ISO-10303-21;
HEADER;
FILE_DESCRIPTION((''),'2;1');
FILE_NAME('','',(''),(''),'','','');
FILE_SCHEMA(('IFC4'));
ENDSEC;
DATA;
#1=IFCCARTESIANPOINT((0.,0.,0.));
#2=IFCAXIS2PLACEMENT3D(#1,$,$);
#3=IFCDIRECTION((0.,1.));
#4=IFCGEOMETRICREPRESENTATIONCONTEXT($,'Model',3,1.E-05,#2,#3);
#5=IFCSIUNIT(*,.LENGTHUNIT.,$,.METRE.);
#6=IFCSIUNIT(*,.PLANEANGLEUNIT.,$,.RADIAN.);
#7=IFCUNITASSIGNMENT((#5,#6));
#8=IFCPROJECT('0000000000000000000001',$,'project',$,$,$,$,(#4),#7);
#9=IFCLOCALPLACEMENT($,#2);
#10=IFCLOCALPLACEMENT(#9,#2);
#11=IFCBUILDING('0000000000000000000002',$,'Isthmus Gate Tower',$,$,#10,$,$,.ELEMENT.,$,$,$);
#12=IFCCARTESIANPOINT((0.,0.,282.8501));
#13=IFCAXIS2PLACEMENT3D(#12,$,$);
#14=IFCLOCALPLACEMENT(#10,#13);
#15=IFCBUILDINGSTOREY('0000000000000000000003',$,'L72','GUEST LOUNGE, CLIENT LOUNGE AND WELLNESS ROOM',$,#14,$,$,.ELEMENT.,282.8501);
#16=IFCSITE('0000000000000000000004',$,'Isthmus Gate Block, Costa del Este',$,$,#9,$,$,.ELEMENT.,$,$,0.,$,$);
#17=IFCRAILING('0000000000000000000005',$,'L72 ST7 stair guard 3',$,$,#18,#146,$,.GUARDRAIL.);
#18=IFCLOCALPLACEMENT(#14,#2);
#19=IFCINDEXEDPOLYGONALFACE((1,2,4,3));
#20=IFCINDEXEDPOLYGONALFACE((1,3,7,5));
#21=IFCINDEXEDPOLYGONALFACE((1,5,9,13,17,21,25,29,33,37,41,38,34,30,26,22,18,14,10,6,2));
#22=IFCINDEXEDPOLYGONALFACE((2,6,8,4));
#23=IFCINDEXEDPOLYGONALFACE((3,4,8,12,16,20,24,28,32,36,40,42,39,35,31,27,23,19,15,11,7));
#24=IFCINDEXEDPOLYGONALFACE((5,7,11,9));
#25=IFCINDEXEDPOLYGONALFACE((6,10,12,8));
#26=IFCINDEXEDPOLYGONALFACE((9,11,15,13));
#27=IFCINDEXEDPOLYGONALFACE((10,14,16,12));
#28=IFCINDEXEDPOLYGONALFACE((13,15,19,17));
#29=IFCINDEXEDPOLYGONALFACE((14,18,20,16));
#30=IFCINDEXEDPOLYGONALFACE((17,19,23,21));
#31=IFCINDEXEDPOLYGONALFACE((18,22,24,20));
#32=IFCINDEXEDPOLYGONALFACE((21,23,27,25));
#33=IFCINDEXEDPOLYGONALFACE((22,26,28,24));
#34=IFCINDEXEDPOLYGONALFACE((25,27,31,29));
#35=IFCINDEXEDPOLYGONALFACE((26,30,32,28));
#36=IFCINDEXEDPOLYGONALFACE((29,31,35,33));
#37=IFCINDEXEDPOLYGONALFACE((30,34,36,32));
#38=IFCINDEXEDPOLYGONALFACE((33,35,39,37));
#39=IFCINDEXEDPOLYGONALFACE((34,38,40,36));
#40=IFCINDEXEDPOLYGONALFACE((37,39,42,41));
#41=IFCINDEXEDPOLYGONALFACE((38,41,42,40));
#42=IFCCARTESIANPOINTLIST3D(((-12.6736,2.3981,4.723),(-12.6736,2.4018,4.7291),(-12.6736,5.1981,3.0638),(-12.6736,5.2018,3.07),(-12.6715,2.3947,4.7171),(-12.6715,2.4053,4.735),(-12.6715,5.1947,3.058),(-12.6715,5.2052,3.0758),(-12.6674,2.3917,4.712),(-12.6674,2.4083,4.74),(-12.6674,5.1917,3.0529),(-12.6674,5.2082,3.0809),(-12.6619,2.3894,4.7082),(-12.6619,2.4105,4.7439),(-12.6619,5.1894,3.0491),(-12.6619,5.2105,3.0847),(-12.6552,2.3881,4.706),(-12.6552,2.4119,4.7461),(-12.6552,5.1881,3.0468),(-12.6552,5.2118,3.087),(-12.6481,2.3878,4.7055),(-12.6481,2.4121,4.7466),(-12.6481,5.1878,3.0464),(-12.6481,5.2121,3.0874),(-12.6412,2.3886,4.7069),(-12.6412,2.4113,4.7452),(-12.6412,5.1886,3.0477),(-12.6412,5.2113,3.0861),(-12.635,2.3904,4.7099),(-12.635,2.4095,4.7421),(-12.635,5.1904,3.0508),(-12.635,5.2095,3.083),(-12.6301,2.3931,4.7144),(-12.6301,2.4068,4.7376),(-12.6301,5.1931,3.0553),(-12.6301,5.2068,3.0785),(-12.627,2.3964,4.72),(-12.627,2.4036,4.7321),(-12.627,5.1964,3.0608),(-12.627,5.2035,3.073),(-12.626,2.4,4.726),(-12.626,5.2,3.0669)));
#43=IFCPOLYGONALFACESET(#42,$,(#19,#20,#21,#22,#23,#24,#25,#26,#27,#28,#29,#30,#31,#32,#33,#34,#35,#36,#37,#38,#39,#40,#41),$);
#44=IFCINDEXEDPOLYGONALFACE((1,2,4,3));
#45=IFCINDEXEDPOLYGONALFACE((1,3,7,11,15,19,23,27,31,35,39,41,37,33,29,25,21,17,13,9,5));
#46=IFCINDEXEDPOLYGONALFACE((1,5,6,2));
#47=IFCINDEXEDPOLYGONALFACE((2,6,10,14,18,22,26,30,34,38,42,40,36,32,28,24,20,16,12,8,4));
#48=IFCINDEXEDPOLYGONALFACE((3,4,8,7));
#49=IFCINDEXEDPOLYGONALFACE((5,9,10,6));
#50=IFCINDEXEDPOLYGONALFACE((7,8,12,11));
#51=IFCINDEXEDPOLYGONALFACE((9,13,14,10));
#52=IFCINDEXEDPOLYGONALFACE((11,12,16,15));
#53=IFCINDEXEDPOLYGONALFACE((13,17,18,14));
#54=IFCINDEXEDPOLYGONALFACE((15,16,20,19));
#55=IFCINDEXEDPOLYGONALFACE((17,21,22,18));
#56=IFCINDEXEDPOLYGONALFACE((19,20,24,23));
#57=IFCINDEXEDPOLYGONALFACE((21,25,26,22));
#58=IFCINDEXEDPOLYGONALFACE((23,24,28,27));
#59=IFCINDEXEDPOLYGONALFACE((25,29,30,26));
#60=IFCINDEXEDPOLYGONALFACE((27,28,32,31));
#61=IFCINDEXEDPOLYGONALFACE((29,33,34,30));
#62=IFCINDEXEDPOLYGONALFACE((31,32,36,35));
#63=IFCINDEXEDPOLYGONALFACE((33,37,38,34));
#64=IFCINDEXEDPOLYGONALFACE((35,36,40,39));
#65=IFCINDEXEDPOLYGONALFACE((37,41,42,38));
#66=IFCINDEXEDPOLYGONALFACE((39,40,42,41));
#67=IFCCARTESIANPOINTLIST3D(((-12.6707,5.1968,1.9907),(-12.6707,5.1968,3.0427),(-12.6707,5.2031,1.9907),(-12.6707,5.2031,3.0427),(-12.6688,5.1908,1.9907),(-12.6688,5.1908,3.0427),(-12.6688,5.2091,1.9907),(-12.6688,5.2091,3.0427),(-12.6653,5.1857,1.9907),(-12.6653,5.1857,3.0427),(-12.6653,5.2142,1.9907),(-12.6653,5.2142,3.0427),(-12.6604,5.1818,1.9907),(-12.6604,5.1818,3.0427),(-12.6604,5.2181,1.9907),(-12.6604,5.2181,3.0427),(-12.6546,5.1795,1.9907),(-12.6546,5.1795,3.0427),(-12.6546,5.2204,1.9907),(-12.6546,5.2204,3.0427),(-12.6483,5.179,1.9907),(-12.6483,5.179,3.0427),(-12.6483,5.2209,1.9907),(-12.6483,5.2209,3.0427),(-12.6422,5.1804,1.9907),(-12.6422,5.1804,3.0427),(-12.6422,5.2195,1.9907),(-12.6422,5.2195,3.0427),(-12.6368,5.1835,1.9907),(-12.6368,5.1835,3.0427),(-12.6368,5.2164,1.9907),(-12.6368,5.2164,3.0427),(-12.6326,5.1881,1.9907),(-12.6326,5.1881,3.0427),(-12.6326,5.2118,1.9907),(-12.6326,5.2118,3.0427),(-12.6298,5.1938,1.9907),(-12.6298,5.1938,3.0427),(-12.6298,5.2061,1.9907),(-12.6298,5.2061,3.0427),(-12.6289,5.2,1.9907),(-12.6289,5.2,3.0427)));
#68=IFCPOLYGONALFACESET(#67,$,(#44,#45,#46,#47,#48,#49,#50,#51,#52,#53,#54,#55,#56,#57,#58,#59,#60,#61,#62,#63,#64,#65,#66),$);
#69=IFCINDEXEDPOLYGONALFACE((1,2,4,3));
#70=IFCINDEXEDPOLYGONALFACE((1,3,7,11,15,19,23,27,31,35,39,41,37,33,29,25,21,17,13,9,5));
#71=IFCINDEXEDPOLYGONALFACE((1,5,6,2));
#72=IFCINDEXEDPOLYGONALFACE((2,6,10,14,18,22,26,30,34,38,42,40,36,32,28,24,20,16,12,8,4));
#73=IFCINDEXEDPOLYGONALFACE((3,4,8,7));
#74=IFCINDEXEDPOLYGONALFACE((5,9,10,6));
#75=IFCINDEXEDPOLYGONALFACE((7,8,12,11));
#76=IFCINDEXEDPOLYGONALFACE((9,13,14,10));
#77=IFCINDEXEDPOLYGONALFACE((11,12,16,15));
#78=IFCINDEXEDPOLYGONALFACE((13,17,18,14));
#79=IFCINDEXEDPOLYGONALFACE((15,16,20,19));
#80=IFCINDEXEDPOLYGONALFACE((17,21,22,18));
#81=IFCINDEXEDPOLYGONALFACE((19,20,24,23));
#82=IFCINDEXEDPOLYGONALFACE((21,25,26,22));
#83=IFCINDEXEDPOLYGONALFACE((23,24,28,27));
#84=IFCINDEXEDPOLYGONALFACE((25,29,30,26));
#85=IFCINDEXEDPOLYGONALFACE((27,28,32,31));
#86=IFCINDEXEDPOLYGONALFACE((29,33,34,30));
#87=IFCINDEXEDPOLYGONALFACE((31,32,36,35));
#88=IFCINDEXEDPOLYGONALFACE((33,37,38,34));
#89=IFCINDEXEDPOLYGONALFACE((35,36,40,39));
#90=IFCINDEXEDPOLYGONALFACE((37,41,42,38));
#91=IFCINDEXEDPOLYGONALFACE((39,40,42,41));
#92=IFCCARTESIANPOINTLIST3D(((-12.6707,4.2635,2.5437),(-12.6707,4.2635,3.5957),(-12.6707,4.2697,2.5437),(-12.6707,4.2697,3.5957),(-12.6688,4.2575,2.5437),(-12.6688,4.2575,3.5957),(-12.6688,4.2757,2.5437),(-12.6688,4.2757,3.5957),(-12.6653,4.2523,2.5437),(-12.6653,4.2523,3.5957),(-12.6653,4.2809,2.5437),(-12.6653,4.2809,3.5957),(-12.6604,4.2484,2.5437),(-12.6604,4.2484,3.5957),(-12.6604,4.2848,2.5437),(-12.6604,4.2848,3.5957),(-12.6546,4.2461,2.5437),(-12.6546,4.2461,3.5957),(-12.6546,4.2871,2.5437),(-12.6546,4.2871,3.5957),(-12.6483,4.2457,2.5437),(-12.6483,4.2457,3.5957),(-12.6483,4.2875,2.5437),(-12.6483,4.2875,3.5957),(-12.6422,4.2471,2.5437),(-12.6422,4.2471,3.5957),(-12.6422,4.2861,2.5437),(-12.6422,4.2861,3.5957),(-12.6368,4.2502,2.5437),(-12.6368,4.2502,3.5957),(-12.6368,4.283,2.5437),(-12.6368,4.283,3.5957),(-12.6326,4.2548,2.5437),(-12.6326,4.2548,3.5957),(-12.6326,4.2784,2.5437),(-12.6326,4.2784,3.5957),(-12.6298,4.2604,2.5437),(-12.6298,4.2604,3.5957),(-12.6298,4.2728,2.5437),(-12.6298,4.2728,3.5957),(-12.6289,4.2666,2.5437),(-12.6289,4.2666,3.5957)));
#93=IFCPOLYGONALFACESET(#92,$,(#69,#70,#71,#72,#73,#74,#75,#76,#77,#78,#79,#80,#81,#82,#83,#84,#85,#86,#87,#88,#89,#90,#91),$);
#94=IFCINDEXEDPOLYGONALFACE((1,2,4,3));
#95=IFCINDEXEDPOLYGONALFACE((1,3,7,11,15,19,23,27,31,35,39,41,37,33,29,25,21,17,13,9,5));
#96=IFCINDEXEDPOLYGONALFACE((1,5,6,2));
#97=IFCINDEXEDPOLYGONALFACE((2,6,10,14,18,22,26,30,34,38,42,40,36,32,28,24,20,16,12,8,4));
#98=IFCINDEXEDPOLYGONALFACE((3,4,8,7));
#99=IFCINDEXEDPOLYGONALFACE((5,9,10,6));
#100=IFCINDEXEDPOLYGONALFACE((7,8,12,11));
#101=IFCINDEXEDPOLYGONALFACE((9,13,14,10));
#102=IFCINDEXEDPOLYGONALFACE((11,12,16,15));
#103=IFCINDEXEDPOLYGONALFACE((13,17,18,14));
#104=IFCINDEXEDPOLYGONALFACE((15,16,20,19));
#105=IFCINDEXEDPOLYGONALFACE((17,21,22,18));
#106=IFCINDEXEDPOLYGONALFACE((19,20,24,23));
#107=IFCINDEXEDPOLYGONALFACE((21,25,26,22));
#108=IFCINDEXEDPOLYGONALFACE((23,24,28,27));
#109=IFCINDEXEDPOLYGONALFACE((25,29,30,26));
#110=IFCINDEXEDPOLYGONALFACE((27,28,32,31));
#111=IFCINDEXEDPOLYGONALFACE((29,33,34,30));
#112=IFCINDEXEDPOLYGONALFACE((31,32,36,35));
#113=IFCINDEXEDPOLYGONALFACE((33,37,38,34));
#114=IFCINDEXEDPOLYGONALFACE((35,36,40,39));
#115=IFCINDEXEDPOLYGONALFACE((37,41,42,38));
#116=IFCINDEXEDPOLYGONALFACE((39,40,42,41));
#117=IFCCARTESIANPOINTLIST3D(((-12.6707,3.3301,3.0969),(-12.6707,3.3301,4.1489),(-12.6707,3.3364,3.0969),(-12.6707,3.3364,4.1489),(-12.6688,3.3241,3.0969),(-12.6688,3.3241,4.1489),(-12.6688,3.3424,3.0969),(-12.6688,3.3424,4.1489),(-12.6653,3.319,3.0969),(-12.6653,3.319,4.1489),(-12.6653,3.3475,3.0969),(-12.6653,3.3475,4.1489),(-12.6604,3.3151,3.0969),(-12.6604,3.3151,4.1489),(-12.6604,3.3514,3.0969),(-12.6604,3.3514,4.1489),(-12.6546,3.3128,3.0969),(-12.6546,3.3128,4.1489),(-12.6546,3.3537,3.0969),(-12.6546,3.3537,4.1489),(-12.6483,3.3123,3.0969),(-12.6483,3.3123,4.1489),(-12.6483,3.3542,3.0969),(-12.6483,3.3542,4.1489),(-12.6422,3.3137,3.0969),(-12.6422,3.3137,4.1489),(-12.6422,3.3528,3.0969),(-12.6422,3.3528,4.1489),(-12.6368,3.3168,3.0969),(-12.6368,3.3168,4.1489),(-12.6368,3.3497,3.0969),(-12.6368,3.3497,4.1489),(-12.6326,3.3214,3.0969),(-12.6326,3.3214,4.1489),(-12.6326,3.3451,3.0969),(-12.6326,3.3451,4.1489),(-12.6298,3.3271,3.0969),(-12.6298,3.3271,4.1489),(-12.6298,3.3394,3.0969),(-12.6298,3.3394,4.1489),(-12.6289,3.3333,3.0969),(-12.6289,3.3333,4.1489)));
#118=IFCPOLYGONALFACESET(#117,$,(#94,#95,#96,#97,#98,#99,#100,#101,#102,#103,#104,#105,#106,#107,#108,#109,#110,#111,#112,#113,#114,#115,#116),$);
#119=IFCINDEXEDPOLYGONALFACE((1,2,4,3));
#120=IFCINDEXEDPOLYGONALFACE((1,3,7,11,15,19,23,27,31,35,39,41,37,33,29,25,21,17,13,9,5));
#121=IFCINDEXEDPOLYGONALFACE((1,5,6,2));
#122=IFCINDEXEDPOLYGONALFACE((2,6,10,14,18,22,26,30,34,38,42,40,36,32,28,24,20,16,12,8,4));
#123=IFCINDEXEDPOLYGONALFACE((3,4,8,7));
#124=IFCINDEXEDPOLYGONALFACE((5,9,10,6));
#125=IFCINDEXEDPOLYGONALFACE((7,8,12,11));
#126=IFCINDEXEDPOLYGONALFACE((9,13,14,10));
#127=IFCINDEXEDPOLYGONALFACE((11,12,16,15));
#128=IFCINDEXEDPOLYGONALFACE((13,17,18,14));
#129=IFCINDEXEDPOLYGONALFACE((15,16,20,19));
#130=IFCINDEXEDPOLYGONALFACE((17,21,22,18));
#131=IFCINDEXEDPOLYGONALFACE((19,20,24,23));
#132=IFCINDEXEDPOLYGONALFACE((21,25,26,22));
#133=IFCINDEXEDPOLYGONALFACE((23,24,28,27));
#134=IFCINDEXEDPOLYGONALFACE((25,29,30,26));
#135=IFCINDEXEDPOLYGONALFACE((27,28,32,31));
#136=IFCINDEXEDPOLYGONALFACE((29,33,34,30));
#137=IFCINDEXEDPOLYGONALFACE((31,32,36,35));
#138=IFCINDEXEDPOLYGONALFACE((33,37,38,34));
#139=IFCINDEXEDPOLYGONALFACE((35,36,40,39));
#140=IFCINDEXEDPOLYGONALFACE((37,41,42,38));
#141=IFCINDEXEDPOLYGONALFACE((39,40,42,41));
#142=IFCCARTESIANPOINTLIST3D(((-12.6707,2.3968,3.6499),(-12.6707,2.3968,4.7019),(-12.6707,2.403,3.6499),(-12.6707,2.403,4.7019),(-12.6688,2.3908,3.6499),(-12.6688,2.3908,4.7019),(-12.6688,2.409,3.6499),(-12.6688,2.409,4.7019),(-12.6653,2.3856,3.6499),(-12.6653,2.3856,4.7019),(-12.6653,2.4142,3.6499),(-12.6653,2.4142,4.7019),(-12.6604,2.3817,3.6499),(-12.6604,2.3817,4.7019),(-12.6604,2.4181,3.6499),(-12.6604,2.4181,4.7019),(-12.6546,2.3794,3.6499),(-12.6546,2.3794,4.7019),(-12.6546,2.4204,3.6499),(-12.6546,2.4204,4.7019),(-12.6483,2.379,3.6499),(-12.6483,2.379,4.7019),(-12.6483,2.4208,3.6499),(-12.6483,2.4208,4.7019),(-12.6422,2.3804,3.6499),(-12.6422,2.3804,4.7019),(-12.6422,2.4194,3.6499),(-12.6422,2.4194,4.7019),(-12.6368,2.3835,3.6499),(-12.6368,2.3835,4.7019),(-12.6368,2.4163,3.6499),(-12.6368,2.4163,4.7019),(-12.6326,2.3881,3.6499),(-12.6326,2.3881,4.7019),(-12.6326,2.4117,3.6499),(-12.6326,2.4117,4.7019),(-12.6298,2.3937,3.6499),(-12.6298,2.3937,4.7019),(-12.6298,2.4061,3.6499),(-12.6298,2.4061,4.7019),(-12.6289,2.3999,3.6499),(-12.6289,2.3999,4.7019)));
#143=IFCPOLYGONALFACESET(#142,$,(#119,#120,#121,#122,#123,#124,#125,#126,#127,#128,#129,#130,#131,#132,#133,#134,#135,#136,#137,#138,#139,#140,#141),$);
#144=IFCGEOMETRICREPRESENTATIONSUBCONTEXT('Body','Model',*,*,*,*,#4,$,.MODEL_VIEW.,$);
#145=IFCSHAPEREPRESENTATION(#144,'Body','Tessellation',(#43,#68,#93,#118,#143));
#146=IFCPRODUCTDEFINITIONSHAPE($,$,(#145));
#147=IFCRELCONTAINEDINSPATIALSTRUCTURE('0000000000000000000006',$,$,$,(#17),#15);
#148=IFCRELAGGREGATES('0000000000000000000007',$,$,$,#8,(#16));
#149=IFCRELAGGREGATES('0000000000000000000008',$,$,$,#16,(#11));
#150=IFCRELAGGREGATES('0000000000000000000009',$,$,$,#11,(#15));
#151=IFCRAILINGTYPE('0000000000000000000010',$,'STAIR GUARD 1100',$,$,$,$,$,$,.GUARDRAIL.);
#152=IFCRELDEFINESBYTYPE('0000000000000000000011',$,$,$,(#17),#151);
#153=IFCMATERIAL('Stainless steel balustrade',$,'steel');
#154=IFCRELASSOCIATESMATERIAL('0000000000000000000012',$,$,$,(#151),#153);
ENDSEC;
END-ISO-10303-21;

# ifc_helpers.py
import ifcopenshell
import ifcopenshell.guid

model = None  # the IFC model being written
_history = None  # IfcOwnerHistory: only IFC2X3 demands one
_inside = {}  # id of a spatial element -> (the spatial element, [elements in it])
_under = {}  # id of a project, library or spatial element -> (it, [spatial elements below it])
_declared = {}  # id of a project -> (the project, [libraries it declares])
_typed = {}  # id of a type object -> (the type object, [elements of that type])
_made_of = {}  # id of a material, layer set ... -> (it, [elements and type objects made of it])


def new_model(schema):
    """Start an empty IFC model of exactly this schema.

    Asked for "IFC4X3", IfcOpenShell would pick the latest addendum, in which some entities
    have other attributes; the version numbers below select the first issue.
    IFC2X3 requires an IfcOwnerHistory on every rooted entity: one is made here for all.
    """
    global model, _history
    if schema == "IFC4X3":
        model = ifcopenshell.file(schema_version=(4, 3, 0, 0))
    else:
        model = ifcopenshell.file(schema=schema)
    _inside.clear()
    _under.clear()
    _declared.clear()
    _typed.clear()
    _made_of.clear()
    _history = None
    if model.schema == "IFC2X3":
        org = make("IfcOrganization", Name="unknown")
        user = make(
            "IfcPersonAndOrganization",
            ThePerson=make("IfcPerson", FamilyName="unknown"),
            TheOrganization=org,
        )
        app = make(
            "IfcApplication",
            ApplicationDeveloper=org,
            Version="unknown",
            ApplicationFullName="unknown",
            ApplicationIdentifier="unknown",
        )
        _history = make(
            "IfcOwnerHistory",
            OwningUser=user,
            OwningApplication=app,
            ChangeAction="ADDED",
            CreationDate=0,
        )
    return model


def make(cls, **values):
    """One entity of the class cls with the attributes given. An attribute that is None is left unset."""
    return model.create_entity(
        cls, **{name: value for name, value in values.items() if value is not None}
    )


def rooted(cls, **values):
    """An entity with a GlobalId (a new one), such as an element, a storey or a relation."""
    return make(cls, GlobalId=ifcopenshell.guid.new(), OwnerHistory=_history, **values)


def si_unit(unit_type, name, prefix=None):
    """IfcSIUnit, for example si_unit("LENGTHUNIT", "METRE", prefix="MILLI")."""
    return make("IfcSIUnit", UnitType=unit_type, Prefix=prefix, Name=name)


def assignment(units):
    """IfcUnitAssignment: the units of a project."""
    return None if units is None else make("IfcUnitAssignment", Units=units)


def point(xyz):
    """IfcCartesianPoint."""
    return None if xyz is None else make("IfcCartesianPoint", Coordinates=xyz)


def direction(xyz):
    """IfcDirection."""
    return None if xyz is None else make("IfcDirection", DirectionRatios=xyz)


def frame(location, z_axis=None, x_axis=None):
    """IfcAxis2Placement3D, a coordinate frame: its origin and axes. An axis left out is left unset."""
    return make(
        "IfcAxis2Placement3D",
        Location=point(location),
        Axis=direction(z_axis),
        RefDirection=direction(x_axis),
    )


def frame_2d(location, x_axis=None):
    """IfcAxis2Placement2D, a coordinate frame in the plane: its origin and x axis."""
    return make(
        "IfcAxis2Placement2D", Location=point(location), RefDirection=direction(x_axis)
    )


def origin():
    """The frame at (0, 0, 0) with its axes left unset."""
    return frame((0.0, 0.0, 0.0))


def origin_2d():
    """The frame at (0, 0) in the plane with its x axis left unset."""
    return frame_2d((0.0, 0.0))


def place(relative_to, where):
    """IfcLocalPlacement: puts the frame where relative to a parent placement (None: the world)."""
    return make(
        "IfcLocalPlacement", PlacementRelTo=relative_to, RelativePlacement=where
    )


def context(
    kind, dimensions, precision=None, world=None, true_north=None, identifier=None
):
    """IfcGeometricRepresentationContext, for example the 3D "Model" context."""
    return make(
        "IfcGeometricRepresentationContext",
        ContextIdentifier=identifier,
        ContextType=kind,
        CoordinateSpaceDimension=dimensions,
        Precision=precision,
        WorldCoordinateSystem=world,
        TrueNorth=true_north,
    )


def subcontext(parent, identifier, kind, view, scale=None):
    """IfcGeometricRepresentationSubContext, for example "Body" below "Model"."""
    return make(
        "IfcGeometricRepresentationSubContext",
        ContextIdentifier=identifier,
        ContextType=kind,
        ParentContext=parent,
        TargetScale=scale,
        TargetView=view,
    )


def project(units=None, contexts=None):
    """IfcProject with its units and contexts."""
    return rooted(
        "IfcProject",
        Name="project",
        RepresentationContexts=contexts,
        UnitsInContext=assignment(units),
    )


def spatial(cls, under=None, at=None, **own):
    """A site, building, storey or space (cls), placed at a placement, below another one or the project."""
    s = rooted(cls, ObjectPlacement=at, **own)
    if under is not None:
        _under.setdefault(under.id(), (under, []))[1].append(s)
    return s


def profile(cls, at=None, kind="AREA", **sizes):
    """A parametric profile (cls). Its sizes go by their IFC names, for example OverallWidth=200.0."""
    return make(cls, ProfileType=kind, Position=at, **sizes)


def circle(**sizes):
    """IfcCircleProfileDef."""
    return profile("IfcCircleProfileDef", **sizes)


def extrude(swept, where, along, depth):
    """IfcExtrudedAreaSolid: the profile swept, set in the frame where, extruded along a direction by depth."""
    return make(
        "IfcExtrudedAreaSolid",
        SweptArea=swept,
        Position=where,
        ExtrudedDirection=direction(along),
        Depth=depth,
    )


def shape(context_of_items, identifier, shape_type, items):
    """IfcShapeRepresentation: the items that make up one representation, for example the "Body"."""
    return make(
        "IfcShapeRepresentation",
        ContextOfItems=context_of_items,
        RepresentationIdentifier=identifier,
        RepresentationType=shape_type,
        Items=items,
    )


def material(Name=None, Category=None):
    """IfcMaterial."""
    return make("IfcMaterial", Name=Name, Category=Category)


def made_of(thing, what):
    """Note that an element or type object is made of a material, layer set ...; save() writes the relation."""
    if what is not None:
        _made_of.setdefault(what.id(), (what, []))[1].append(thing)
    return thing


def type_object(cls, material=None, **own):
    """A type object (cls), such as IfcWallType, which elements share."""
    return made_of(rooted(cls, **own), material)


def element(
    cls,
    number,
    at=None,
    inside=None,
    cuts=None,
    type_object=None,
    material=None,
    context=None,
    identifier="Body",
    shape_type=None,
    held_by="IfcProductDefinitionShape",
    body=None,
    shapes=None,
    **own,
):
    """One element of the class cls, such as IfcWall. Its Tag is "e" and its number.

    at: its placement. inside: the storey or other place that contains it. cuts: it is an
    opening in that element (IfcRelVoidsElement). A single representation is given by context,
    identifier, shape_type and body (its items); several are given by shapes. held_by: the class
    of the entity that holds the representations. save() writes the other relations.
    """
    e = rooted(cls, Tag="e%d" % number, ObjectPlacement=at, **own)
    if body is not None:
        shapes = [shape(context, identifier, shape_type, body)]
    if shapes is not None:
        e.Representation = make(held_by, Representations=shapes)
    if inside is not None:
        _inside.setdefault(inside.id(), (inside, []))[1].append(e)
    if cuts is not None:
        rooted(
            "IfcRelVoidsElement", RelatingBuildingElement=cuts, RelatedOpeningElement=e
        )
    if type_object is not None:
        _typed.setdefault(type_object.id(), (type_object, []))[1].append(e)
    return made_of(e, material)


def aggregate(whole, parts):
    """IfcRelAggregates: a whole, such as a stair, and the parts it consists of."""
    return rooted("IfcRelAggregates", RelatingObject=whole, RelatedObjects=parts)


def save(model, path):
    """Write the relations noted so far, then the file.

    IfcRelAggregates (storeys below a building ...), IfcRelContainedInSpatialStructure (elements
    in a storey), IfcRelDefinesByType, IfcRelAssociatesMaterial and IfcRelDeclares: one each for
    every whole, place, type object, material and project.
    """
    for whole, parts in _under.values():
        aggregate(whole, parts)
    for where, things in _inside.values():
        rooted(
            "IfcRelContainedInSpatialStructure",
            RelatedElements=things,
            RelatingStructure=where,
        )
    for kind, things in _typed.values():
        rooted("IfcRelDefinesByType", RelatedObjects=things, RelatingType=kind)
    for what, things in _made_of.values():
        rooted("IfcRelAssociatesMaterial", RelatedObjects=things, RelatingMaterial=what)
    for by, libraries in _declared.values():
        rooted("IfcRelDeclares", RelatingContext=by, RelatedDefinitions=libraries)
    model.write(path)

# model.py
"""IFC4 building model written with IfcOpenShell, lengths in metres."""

from ifc_helpers import new_model, si_unit, direction, frame, origin, origin_2d, place, context, subcontext, project, spatial, circle, extrude, material, type_object, element, save


model = new_model("IFC4")

# Units and contexts
model_context = context("Model", 3, precision=1e-05, world=origin(), true_north=direction((0.0, 1.0)))
body_context = subcontext(model_context, "Body", "Model", "MODEL_VIEW")
ifc_project = project(units=[si_unit("LENGTHUNIT", "METRE"), si_unit("PLANEANGLEUNIT", "RADIAN")], contexts=[model_context])

# Site, building, storey
site_placement = place(None, origin())
site = spatial("IfcSite", under=ifc_project, at=site_placement, Name="Isthmus Gate Block, Costa del Este", CompositionType="ELEMENT", RefElevation=0.0)
building_placement = place(site_placement, origin())
building = spatial("IfcBuilding", under=site, at=building_placement, Name="Isthmus Gate Tower", CompositionType="ELEMENT")
storey_placement = place(building_placement, frame((0.0, 0.0, 282.8501)))
storey = spatial("IfcBuildingStorey", under=building, at=storey_placement, Name="L72", Description="GUEST LOUNGE, CLIENT LOUNGE AND WELLNESS ROOM", CompositionType="ELEMENT", Elevation=282.8501)

# Railing
ifc_material_1 = material(Name="Stainless steel balustrade", Category="steel")
railing_type_1 = type_object("IfcRailingType", Name="STAIR GUARD 1100", PredefinedType="GUARDRAIL", material=ifc_material_1)
railing_1_placement = place(storey_placement, frame((-12.6499, 5.2, 1.9907)))
element("IfcRailing", 1, at=railing_1_placement, inside=storey, type_object=railing_type_1, Name="L72 ST7 stair guard 3", PredefinedType="GUARDRAIL", context=body_context, shape_type="SweptSolid", body=[
    extrude(circle(Radius=0.0239, at=origin_2d()), frame((0.0, 0.0, 1.0762), z_axis=(0.0, -0.860306, 0.509778), x_axis=(1.0, 0.0, 0.0)), (0.0, 0.0, 1.0), 3.2546),
    extrude(circle(Radius=0.021, at=origin_2d()), origin(), (0.0, 0.0, 1.0), 1.052),
    extrude(circle(Radius=0.021, at=origin_2d()), frame((0.0, -0.9333, 0.553)), (0.0, 0.0, 1.0), 1.052),
    extrude(circle(Radius=0.021, at=origin_2d()), frame((0.0, -1.8667, 1.1062)), (0.0, 0.0, 1.0), 1.052),
    extrude(circle(Radius=0.021, at=origin_2d()), frame((0.0, -2.8, 1.6592)), (0.0, 0.0, 1.0), 1.052),
])

save(model, "model.ifc")
